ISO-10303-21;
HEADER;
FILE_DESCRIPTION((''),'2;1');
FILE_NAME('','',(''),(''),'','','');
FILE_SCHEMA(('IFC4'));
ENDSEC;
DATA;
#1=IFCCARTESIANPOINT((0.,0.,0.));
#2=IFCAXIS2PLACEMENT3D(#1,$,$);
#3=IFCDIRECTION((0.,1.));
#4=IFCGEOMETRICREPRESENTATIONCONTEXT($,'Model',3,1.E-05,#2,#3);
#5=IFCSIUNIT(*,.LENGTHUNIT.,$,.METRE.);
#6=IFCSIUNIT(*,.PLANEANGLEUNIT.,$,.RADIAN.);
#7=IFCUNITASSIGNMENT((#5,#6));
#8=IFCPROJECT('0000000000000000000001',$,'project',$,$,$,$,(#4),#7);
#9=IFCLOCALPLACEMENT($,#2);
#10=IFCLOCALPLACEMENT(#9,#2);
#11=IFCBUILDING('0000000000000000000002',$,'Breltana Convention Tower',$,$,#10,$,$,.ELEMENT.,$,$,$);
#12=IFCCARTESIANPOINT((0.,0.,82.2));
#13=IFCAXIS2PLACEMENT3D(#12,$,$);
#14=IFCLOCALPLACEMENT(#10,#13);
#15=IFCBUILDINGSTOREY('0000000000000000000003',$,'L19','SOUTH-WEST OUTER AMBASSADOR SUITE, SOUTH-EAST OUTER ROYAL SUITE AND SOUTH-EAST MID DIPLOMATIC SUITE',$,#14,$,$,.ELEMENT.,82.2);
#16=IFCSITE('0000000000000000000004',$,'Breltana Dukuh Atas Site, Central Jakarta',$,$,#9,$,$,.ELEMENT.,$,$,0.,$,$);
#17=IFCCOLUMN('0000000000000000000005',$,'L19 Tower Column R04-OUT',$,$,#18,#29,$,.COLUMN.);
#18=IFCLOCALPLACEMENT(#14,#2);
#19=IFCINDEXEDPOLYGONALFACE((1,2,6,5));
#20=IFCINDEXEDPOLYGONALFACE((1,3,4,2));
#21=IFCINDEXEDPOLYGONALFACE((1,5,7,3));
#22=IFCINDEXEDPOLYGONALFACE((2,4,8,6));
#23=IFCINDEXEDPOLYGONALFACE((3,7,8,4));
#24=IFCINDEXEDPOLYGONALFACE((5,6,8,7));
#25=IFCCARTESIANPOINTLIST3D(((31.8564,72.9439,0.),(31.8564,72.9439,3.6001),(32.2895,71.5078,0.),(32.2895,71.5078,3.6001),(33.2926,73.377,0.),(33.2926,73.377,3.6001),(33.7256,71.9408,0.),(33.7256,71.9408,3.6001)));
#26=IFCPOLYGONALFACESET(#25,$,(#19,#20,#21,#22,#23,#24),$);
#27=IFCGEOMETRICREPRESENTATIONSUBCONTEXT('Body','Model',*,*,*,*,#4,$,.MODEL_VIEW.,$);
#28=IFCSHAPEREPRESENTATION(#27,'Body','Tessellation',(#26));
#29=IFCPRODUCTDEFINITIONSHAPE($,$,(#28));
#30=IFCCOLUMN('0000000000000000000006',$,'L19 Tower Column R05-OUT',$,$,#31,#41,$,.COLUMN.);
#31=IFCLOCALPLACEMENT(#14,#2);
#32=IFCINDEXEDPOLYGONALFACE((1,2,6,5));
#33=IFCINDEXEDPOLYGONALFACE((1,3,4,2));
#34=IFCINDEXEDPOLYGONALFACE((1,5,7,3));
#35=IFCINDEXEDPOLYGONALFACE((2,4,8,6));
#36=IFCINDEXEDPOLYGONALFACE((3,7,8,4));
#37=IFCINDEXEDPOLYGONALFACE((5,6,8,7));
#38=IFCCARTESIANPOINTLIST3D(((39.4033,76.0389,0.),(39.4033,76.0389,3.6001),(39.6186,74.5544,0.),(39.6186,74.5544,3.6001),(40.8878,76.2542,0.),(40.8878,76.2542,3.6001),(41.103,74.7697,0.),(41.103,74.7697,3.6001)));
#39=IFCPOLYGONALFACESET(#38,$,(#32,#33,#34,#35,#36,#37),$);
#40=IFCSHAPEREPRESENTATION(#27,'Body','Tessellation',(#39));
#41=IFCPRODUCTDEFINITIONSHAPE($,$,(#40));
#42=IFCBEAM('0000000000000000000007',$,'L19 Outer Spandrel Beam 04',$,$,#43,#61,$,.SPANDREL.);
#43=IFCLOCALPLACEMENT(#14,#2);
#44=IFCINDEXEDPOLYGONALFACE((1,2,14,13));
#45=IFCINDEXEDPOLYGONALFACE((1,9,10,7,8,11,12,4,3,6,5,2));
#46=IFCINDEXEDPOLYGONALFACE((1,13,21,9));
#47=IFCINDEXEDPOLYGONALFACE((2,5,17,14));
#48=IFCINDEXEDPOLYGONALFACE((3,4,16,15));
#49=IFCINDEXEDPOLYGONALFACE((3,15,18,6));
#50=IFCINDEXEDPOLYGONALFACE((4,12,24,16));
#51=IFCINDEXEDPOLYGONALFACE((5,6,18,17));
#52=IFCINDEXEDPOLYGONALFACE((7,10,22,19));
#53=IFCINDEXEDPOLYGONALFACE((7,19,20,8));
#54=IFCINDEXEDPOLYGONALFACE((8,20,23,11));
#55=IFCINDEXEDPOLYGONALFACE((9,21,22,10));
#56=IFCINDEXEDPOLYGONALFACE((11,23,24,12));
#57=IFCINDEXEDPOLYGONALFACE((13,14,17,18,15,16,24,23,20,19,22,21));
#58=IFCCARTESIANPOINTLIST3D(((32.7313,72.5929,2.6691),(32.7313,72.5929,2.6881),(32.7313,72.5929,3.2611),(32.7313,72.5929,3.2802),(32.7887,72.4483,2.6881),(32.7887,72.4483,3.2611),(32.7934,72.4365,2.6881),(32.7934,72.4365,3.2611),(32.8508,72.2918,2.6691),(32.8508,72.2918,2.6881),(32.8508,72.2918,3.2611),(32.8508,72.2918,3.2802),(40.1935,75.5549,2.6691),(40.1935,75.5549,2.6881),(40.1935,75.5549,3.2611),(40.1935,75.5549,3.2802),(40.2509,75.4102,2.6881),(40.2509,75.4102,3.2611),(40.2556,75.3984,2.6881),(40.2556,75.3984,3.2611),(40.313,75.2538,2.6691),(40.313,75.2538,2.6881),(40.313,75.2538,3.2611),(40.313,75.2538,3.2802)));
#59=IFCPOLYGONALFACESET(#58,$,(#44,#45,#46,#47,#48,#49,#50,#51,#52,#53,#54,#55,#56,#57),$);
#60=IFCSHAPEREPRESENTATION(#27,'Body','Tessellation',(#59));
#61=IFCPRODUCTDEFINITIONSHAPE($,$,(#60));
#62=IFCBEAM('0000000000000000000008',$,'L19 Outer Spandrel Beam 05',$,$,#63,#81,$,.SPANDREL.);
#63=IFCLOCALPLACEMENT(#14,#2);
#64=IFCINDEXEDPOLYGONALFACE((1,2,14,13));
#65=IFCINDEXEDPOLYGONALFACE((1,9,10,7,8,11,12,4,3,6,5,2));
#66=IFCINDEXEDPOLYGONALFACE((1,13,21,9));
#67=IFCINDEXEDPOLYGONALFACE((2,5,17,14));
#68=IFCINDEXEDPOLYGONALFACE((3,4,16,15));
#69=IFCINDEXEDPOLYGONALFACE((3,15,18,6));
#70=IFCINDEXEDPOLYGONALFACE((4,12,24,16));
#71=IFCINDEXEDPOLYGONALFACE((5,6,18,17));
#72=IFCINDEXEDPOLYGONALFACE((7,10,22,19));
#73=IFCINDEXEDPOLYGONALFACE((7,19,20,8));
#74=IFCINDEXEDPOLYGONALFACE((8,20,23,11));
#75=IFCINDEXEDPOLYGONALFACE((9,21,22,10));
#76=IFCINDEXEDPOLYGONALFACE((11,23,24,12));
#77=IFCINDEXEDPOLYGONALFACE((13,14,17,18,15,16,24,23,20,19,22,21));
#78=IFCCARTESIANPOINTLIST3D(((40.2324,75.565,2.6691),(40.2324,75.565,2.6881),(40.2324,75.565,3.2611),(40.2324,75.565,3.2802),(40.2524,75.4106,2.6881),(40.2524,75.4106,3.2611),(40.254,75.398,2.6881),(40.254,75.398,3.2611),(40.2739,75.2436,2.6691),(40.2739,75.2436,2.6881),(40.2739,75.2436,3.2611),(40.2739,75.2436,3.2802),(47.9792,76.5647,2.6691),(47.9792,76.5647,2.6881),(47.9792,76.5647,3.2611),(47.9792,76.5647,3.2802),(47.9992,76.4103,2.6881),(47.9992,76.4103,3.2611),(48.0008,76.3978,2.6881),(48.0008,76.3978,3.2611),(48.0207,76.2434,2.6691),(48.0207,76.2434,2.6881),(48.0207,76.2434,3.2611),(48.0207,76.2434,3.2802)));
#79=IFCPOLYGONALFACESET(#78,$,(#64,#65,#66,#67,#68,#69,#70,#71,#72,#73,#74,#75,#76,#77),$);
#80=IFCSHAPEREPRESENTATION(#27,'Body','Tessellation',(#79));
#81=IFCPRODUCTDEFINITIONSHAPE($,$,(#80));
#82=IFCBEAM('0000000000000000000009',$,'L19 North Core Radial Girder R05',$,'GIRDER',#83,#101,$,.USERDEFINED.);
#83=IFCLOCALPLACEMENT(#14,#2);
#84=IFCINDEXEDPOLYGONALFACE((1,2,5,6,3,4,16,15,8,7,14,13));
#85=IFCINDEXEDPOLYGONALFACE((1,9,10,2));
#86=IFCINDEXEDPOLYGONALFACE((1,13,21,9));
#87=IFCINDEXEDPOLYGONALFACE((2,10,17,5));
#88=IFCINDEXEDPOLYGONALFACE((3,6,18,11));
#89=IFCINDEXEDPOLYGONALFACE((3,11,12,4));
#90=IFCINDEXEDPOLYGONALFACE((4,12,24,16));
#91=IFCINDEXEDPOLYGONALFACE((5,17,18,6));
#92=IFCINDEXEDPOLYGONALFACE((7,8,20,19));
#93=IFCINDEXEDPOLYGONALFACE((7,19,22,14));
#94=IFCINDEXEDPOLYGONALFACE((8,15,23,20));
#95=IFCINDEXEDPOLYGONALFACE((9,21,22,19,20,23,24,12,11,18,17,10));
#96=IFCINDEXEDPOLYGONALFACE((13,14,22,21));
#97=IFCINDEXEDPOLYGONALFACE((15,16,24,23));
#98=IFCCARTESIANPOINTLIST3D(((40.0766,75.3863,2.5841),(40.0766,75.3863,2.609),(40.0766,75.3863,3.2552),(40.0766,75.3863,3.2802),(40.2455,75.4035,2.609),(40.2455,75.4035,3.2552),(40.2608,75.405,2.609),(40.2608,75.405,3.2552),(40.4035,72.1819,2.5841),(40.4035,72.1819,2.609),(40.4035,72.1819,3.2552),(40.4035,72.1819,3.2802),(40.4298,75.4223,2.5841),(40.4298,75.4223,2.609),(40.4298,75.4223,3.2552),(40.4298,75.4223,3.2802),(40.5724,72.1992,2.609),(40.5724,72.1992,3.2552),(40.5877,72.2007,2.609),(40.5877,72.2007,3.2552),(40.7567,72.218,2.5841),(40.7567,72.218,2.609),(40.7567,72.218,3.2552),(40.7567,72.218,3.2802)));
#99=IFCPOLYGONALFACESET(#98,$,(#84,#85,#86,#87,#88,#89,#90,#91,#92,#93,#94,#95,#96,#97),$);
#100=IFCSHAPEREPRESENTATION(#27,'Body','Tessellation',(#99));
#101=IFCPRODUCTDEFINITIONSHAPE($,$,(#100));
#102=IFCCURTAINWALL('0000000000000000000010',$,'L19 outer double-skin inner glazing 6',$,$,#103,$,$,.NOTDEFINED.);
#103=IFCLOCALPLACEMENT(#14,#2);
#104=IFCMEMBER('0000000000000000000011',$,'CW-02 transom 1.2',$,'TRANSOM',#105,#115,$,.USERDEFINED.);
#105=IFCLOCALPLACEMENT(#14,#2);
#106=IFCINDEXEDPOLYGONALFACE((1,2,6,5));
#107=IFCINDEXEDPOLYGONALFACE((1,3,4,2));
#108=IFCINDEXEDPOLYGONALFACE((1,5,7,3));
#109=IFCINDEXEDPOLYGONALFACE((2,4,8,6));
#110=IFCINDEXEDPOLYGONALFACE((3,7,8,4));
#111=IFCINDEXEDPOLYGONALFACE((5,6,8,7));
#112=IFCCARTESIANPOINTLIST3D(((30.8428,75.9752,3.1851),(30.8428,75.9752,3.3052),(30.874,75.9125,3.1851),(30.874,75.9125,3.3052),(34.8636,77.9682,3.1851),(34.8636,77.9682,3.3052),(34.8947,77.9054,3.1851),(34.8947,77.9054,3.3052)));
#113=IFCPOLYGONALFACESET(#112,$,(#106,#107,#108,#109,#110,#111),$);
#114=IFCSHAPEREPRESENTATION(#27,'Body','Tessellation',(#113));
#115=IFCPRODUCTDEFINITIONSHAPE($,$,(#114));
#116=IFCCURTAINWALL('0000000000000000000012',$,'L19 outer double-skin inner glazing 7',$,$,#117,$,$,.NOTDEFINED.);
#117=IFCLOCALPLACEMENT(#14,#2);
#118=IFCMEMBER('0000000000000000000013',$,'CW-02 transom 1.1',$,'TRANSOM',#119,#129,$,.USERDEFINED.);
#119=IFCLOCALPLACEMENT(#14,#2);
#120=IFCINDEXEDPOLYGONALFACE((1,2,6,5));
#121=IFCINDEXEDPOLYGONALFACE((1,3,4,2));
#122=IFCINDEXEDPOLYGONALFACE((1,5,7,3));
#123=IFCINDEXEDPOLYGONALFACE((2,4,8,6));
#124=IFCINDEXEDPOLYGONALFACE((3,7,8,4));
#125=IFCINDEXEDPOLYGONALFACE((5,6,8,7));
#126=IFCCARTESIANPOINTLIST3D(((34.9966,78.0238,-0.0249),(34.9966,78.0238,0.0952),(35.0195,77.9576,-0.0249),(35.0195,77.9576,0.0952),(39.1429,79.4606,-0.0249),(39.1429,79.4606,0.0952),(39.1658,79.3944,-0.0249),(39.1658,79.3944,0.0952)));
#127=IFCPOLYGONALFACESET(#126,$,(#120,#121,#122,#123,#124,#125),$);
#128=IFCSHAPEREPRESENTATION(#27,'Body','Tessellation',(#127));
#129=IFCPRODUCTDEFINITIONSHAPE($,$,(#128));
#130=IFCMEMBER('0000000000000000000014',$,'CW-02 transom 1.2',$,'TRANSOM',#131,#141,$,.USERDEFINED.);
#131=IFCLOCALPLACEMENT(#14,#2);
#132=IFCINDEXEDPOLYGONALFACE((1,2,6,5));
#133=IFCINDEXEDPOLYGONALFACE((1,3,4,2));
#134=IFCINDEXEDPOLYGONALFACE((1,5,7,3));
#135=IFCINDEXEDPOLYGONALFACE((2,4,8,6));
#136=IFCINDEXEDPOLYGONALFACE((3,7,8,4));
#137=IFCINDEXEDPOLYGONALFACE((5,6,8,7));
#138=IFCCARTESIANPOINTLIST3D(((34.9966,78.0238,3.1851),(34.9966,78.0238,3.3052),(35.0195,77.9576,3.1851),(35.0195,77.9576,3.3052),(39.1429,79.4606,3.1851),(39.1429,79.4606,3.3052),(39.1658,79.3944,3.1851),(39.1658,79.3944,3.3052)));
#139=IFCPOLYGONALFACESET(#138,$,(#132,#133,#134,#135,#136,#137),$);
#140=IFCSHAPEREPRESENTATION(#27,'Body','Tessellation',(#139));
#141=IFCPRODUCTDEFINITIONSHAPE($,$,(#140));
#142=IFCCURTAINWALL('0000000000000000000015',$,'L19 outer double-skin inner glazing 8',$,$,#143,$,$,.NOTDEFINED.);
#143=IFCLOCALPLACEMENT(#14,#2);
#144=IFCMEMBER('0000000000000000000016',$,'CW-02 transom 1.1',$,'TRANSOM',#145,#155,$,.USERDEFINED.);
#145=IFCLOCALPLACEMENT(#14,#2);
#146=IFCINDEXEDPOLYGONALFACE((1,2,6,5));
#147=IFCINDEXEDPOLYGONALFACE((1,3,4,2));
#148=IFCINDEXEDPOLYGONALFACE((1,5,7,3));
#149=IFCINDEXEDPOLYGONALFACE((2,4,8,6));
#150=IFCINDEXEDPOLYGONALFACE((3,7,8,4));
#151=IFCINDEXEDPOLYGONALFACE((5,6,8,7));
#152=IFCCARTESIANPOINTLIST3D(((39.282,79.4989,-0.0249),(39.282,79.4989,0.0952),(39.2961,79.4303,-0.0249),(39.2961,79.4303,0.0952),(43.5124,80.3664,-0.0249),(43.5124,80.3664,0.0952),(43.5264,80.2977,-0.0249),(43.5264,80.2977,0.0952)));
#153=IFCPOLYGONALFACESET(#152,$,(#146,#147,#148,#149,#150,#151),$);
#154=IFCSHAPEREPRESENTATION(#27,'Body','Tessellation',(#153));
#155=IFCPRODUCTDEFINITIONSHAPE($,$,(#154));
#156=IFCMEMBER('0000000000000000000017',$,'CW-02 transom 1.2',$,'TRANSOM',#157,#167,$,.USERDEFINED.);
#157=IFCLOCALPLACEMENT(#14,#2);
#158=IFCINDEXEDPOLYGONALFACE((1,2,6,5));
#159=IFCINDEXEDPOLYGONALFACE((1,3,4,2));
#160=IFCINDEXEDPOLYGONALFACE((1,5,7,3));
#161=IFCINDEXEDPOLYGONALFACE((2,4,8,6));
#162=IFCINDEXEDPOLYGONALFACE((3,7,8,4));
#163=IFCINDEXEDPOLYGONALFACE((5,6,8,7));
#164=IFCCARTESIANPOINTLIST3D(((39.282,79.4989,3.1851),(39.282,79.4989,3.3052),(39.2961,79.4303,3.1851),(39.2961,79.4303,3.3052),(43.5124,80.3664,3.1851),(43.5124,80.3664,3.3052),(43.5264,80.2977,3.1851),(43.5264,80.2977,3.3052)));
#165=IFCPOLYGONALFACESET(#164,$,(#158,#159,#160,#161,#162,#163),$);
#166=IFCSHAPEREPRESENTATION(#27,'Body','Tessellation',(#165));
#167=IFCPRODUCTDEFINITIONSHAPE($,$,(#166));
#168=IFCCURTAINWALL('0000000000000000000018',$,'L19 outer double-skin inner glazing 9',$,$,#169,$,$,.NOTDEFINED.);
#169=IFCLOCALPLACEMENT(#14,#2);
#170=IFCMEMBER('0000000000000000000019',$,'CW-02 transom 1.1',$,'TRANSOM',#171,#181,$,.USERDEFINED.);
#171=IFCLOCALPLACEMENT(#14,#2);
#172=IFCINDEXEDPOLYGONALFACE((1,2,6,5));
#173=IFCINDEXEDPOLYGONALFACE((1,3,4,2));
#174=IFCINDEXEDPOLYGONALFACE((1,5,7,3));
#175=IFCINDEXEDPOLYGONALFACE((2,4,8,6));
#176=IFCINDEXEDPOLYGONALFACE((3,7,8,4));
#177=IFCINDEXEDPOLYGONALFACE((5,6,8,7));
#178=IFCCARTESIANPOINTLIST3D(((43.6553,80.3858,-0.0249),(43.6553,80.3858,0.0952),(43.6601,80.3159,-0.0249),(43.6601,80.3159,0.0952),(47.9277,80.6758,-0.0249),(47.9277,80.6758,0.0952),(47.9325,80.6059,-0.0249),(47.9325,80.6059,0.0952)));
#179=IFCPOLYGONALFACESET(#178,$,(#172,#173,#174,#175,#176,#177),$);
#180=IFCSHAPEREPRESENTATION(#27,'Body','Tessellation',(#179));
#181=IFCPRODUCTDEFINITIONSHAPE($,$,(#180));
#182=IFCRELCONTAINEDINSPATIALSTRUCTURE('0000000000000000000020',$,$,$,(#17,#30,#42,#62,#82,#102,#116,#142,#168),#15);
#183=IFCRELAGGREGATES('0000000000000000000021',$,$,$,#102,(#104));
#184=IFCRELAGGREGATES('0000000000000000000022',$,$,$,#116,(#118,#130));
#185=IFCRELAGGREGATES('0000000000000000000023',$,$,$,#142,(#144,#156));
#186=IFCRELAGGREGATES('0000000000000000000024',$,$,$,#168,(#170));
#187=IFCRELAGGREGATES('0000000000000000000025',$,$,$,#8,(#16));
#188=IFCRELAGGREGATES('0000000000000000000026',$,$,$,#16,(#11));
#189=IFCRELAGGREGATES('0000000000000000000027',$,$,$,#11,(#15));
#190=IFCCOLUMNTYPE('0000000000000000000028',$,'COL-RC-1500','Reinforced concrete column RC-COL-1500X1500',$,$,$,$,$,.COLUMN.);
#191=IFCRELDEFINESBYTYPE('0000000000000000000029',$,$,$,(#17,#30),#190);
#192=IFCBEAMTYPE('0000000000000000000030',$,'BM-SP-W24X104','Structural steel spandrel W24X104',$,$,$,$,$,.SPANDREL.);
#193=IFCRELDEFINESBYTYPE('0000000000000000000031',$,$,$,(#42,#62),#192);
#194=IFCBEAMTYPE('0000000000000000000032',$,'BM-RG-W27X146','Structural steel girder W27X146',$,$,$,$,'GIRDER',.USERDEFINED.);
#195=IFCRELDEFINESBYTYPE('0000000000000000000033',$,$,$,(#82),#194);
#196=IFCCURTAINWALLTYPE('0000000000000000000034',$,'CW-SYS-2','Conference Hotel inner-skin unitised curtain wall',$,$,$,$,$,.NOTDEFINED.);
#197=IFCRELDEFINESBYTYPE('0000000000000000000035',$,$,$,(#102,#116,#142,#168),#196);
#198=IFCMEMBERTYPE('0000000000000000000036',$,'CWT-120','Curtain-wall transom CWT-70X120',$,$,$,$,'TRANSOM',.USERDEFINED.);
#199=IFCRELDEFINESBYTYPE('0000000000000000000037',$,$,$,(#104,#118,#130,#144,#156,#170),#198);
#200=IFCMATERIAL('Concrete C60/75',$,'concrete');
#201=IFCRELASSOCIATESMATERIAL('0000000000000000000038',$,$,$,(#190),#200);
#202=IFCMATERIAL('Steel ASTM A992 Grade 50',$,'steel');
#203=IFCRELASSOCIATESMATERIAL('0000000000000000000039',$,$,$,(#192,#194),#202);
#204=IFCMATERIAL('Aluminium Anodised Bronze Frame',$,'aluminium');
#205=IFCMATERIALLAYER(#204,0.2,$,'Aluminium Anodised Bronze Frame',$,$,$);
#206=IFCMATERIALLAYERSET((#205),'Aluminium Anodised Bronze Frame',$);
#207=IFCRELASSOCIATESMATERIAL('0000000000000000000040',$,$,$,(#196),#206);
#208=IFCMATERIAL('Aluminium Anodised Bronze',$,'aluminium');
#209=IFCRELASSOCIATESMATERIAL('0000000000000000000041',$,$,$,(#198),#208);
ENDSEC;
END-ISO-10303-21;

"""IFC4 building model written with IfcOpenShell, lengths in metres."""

from ifc_helpers import new_model, si_unit, direction, frame, origin, origin_2d, place, context, subcontext, project, spatial, rectangle, i_section, extrude, source, transform, mapped, material, layer, layer_set, material_profile, profile_set, type_object, element, aggregate, save


model = new_model("IFC4")

# Units and contexts
model_context = context("Model", 3, precision=1e-05, world=origin(), true_north=direction((0.0, 1.0)))
body_context = subcontext(model_context, "Body", "Model", "MODEL_VIEW")
ifc_project = project(units=[si_unit("LENGTHUNIT", "METRE"), si_unit("PLANEANGLEUNIT", "RADIAN")], contexts=[model_context])

# Site, building, storey
site_placement = place(None, origin())
site = spatial("IfcSite", under=ifc_project, at=site_placement, Name="Breltana Dukuh Atas Site, Central Jakarta", CompositionType="ELEMENT", RefElevation=0.0)
building_placement = place(site_placement, origin())
building = spatial("IfcBuilding", under=site, at=building_placement, Name="Breltana Convention Tower", CompositionType="ELEMENT")
storey_placement = place(building_placement, frame((0.0, 0.0, 82.2)))
storey = spatial("IfcBuildingStorey", under=building, at=storey_placement, Name="L19", Description="SOUTH-WEST OUTER AMBASSADOR SUITE, SOUTH-EAST OUTER ROYAL SUITE AND SOUTH-EAST MID DIPLOMATIC SUITE", CompositionType="ELEMENT", Elevation=82.2)

# Columns
ifc_material_1 = material(Name="Concrete C60/75", Category="concrete")
ifc_material_profile_1 = material_profile(ifc_material_1, rectangle(XDim=1.5, YDim=1.5, at=origin_2d()), Name="RC-COL-1500X1500")
ifc_profile_set_1 = profile_set([ifc_material_profile_1], Name="Concrete C60/75")
column_type = type_object("IfcColumnType", Name="COL-RC-1500", Description="Reinforced concrete column RC-COL-1500X1500", PredefinedType="COLUMN", material=ifc_profile_set_1)
shared_shape_1 = source(origin(), body_context, "Body", "SweptSolid", [
    extrude(rectangle(XDim=1.5, YDim=1.5, at=origin_2d()), origin(), (0.0, 0.0, 1.0), 3.6001),
])
for number, where, z_axis, x_axis, name in (
    (1, (32.791, 72.4424, 0.0), (0.0, 0.0, 1.0), (-0.288698, 0.95742, 0.0), "L19 Tower Column R04-OUT"),
    (2, (40.2532, 75.4043, 0.0), (0.0, 0.0, 1.0), (-0.143493, 0.989651, 0.0), "L19 Tower Column R05-OUT"),
):
    element("IfcColumn", number, at=place(storey_placement, frame(where, z_axis=z_axis, x_axis=x_axis)), inside=storey, type_object=column_type, Name=name, PredefinedType="COLUMN", context=body_context, shape_type="MappedRepresentation", body=[
        mapped(shared_shape_1, transform((0.0, 0.0, 0.0), scale=1.0)),
    ])

# Beams
ifc_material_2 = material(Name="Steel ASTM A992 Grade 50", Category="steel")
ifc_material_profile_2 = material_profile(ifc_material_2, i_section(OverallWidth=0.324, OverallDepth=0.6111, WebThickness=0.0127, FlangeThickness=0.019, at=origin_2d()), Name="W24X104")
ifc_profile_set_2 = profile_set([ifc_material_profile_2], Name="Steel ASTM A992 Grade 50")
beam_type_1 = type_object("IfcBeamType", Name="BM-SP-W24X104", Description="Structural steel spandrel W24X104", PredefinedType="SPANDREL", material=ifc_profile_set_2)
shared_shape_2 = source(origin(), body_context, "Body", "SweptSolid", [
    extrude(i_section(OverallWidth=0.324, OverallDepth=0.6111, WebThickness=0.0127, FlangeThickness=0.019, at=origin_2d()), origin(), (0.0, 0.0, 1.0), 8.0286),
])
beam_1_placement = place(storey_placement, frame((32.791, 72.4424, 2.9746), z_axis=(0.929459, 0.368925, 0.0), x_axis=(-0.368925, 0.929459, 0.0)))
element("IfcBeam", 3, at=beam_1_placement, inside=storey, type_object=beam_type_1, Name="L19 Outer Spandrel Beam 04", PredefinedType="SPANDREL", context=body_context, shape_type="MappedRepresentation", body=[
    mapped(shared_shape_2, transform((0.0, 0.0, 0.0), scale=1.0)),
])
shared_shape_3 = source(origin(), body_context, "Body", "SweptSolid", [
    extrude(i_section(OverallWidth=0.324, OverallDepth=0.6111, WebThickness=0.0127, FlangeThickness=0.019, at=origin_2d()), origin(), (0.0, 0.0, 1.0), 7.811),
])
beam_2_placement = place(storey_placement, frame((40.2532, 75.4043, 2.9746), z_axis=(0.991775, 0.127992, 0.0), x_axis=(-0.127992, 0.991775, 0.0)))
element("IfcBeam", 4, at=beam_2_placement, inside=storey, type_object=beam_type_1, Name="L19 Outer Spandrel Beam 05", PredefinedType="SPANDREL", context=body_context, shape_type="MappedRepresentation", body=[
    mapped(shared_shape_3, transform((0.0, 0.0, 0.0), scale=1.0)),
])
ifc_material_profile_3 = material_profile(ifc_material_2, i_section(OverallWidth=0.355, OverallDepth=0.696, WebThickness=0.0154, FlangeThickness=0.0249, at=origin_2d()), Name="W27X146")
ifc_profile_set_3 = profile_set([ifc_material_profile_3], Name="Steel ASTM A992 Grade 50")
beam_type_2 = type_object("IfcBeamType", Name="BM-RG-W27X146", Description="Structural steel girder W27X146", ElementType="GIRDER", PredefinedType="USERDEFINED", material=ifc_profile_set_3)
shared_shape_4 = source(origin(), body_context, "Body", "SweptSolid", [
    extrude(i_section(OverallWidth=0.355, OverallDepth=0.696, WebThickness=0.0154, FlangeThickness=0.0249, at=origin_2d()), origin(), (0.0, 0.0, 1.0), 3.2209),
])
beam_3_placement = place(storey_placement, frame((40.5801, 72.2, 2.9321), z_axis=(-0.101492, 0.994836, 0.0), x_axis=(-0.994836, -0.101492, 0.0)))
element("IfcBeam", 5, at=beam_3_placement, inside=storey, type_object=beam_type_2, Name="L19 North Core Radial Girder R05", ObjectType="GIRDER", PredefinedType="USERDEFINED", context=body_context, shape_type="MappedRepresentation", body=[
    mapped(shared_shape_4, transform((0.0, 0.0, 0.0), scale=1.0)),
])

# Curtain wall, member
ifc_material_3 = material(Name="Aluminium Anodised Bronze Frame", Category="aluminium")
ifc_layer_1 = layer(ifc_material_3, 0.2, Name="Aluminium Anodised Bronze Frame")
ifc_layer_set_1 = layer_set([ifc_layer_1], Name="Aluminium Anodised Bronze Frame")
curtain_wall_type = type_object("IfcCurtainWallType", Name="CW-SYS-2", Description="Conference Hotel inner-skin unitised curtain wall", PredefinedType="NOTDEFINED", material=ifc_layer_set_1)
curtain_wall_1_placement = place(storey_placement, origin())
curtain_wall_1 = element("IfcCurtainWall", 6, at=curtain_wall_1_placement, inside=storey, type_object=curtain_wall_type, Name="L19 outer double-skin inner glazing 6", PredefinedType="NOTDEFINED")
ifc_material_4 = material(Name="Aluminium Anodised Bronze", Category="aluminium")
ifc_material_profile_4 = material_profile(ifc_material_4, rectangle(XDim=0.0701, YDim=0.1201, at=origin_2d()), Name="CWT-70X120")
ifc_profile_set_4 = profile_set([ifc_material_profile_4], Name="Aluminium Anodised Bronze")
member_type_1 = type_object("IfcMemberType", Name="CWT-120", Description="Curtain-wall transom CWT-70X120", ElementType="TRANSOM", PredefinedType="USERDEFINED", material=ifc_profile_set_4)
shared_shape_5 = source(origin(), body_context, "Body", "SweptSolid", [
    extrude(rectangle(XDim=0.0701, YDim=0.1201, at=origin_2d()), origin(), (0.0, 0.0, 1.0), 4.4875),
])
member_1_placement = place(storey_placement, frame((30.8584, 75.9438, 3.2451), z_axis=(0.895978, 0.444099, 0.0), x_axis=(-0.444099, 0.895978, 0.0)))
member_1 = element("IfcMember", 7, at=member_1_placement, type_object=member_type_1, Name="CW-02 transom 1.2", ObjectType="TRANSOM", PredefinedType="USERDEFINED", context=body_context, shape_type="MappedRepresentation", body=[
    mapped(shared_shape_5, transform((0.0, 0.0, 0.0), scale=1.0)),
])

# Curtain walls, members
curtain_wall_2_placement = place(storey_placement, origin())
curtain_wall_2 = element("IfcCurtainWall", 8, at=curtain_wall_2_placement, inside=storey, type_object=curtain_wall_type, Name="L19 outer double-skin inner glazing 7", PredefinedType="NOTDEFINED")
shared_shape_6 = source(origin(), body_context, "Body", "SweptSolid", [
    extrude(rectangle(XDim=0.0701, YDim=0.1201, at=origin_2d()), origin(), (0.0, 0.0, 1.0), 4.3882),
])
member_2_placement = place(storey_placement, frame((35.0081, 77.9907, 0.0352), z_axis=(0.944878, 0.327422, 0.0), x_axis=(-0.327422, 0.944878, 0.0)))
member_2 = element("IfcMember", 9, at=member_2_placement, type_object=member_type_1, Name="CW-02 transom 1.1", ObjectType="TRANSOM", PredefinedType="USERDEFINED", context=body_context, shape_type="MappedRepresentation", body=[
    mapped(shared_shape_6, transform((0.0, 0.0, 0.0), scale=1.0)),
])
member_3_placement = place(storey_placement, frame((35.0081, 77.9907, 3.2451), z_axis=(0.944878, 0.327422, 0.0), x_axis=(-0.327422, 0.944878, 0.0)))
member_3 = element("IfcMember", 10, at=member_3_placement, type_object=member_type_1, Name="CW-02 transom 1.2", ObjectType="TRANSOM", PredefinedType="USERDEFINED", context=body_context, shape_type="MappedRepresentation", body=[
    mapped(shared_shape_6, transform((0.0, 0.0, 0.0), scale=1.0)),
])
curtain_wall_3_placement = place(storey_placement, origin())
curtain_wall_3 = element("IfcCurtainWall", 11, at=curtain_wall_3_placement, inside=storey, type_object=curtain_wall_type, Name="L19 outer double-skin inner glazing 8", PredefinedType="NOTDEFINED")
shared_shape_7 = source(origin(), body_context, "Body", "SweptSolid", [
    extrude(rectangle(XDim=0.0701, YDim=0.1201, at=origin_2d()), origin(), (0.0, 0.0, 1.0), 4.3184),
])
member_4_placement = place(storey_placement, frame((39.2891, 79.4646, 0.0352), z_axis=(0.979617, 0.200876, 0.0), x_axis=(-0.200876, 0.979617, 0.0)))
member_4 = element("IfcMember", 12, at=member_4_placement, type_object=member_type_1, Name="CW-02 transom 1.1", ObjectType="TRANSOM", PredefinedType="USERDEFINED", context=body_context, shape_type="MappedRepresentation", body=[
    mapped(shared_shape_7, transform((0.0, 0.0, 0.0), scale=1.0)),
])
member_5_placement = place(storey_placement, frame((39.2891, 79.4646, 3.2451), z_axis=(0.979617, 0.200876, 0.0), x_axis=(-0.200876, 0.979617, 0.0)))
member_5 = element("IfcMember", 13, at=member_5_placement, type_object=member_type_1, Name="CW-02 transom 1.2", ObjectType="TRANSOM", PredefinedType="USERDEFINED", context=body_context, shape_type="MappedRepresentation", body=[
    mapped(shared_shape_7, transform((0.0, 0.0, 0.0), scale=1.0)),
])
curtain_wall_4_placement = place(storey_placement, origin())
curtain_wall_4 = element("IfcCurtainWall", 14, at=curtain_wall_4_placement, inside=storey, type_object=curtain_wall_type, Name="L19 outer double-skin inner glazing 9", PredefinedType="NOTDEFINED")
shared_shape_8 = source(origin(), body_context, "Body", "SweptSolid", [
    extrude(rectangle(XDim=0.0701, YDim=0.1201, at=origin_2d()), origin(), (0.0, 0.0, 1.0), 4.2822),
])
member_6_placement = place(storey_placement, frame((43.6577, 80.3508, 0.0352), z_axis=(0.997704, 0.06773, 0.0), x_axis=(-0.06773, 0.997704, 0.0)))
member_6 = element("IfcMember", 15, at=member_6_placement, type_object=member_type_1, Name="CW-02 transom 1.1", ObjectType="TRANSOM", PredefinedType="USERDEFINED", context=body_context, shape_type="MappedRepresentation", body=[
    mapped(shared_shape_8, transform((0.0, 0.0, 0.0), scale=1.0)),
])

aggregate(curtain_wall_1, [member_1])
aggregate(curtain_wall_2, [member_2, member_3])
aggregate(curtain_wall_3, [member_4, member_5])
aggregate(curtain_wall_4, [member_6])

save(model, "model.ifc")
